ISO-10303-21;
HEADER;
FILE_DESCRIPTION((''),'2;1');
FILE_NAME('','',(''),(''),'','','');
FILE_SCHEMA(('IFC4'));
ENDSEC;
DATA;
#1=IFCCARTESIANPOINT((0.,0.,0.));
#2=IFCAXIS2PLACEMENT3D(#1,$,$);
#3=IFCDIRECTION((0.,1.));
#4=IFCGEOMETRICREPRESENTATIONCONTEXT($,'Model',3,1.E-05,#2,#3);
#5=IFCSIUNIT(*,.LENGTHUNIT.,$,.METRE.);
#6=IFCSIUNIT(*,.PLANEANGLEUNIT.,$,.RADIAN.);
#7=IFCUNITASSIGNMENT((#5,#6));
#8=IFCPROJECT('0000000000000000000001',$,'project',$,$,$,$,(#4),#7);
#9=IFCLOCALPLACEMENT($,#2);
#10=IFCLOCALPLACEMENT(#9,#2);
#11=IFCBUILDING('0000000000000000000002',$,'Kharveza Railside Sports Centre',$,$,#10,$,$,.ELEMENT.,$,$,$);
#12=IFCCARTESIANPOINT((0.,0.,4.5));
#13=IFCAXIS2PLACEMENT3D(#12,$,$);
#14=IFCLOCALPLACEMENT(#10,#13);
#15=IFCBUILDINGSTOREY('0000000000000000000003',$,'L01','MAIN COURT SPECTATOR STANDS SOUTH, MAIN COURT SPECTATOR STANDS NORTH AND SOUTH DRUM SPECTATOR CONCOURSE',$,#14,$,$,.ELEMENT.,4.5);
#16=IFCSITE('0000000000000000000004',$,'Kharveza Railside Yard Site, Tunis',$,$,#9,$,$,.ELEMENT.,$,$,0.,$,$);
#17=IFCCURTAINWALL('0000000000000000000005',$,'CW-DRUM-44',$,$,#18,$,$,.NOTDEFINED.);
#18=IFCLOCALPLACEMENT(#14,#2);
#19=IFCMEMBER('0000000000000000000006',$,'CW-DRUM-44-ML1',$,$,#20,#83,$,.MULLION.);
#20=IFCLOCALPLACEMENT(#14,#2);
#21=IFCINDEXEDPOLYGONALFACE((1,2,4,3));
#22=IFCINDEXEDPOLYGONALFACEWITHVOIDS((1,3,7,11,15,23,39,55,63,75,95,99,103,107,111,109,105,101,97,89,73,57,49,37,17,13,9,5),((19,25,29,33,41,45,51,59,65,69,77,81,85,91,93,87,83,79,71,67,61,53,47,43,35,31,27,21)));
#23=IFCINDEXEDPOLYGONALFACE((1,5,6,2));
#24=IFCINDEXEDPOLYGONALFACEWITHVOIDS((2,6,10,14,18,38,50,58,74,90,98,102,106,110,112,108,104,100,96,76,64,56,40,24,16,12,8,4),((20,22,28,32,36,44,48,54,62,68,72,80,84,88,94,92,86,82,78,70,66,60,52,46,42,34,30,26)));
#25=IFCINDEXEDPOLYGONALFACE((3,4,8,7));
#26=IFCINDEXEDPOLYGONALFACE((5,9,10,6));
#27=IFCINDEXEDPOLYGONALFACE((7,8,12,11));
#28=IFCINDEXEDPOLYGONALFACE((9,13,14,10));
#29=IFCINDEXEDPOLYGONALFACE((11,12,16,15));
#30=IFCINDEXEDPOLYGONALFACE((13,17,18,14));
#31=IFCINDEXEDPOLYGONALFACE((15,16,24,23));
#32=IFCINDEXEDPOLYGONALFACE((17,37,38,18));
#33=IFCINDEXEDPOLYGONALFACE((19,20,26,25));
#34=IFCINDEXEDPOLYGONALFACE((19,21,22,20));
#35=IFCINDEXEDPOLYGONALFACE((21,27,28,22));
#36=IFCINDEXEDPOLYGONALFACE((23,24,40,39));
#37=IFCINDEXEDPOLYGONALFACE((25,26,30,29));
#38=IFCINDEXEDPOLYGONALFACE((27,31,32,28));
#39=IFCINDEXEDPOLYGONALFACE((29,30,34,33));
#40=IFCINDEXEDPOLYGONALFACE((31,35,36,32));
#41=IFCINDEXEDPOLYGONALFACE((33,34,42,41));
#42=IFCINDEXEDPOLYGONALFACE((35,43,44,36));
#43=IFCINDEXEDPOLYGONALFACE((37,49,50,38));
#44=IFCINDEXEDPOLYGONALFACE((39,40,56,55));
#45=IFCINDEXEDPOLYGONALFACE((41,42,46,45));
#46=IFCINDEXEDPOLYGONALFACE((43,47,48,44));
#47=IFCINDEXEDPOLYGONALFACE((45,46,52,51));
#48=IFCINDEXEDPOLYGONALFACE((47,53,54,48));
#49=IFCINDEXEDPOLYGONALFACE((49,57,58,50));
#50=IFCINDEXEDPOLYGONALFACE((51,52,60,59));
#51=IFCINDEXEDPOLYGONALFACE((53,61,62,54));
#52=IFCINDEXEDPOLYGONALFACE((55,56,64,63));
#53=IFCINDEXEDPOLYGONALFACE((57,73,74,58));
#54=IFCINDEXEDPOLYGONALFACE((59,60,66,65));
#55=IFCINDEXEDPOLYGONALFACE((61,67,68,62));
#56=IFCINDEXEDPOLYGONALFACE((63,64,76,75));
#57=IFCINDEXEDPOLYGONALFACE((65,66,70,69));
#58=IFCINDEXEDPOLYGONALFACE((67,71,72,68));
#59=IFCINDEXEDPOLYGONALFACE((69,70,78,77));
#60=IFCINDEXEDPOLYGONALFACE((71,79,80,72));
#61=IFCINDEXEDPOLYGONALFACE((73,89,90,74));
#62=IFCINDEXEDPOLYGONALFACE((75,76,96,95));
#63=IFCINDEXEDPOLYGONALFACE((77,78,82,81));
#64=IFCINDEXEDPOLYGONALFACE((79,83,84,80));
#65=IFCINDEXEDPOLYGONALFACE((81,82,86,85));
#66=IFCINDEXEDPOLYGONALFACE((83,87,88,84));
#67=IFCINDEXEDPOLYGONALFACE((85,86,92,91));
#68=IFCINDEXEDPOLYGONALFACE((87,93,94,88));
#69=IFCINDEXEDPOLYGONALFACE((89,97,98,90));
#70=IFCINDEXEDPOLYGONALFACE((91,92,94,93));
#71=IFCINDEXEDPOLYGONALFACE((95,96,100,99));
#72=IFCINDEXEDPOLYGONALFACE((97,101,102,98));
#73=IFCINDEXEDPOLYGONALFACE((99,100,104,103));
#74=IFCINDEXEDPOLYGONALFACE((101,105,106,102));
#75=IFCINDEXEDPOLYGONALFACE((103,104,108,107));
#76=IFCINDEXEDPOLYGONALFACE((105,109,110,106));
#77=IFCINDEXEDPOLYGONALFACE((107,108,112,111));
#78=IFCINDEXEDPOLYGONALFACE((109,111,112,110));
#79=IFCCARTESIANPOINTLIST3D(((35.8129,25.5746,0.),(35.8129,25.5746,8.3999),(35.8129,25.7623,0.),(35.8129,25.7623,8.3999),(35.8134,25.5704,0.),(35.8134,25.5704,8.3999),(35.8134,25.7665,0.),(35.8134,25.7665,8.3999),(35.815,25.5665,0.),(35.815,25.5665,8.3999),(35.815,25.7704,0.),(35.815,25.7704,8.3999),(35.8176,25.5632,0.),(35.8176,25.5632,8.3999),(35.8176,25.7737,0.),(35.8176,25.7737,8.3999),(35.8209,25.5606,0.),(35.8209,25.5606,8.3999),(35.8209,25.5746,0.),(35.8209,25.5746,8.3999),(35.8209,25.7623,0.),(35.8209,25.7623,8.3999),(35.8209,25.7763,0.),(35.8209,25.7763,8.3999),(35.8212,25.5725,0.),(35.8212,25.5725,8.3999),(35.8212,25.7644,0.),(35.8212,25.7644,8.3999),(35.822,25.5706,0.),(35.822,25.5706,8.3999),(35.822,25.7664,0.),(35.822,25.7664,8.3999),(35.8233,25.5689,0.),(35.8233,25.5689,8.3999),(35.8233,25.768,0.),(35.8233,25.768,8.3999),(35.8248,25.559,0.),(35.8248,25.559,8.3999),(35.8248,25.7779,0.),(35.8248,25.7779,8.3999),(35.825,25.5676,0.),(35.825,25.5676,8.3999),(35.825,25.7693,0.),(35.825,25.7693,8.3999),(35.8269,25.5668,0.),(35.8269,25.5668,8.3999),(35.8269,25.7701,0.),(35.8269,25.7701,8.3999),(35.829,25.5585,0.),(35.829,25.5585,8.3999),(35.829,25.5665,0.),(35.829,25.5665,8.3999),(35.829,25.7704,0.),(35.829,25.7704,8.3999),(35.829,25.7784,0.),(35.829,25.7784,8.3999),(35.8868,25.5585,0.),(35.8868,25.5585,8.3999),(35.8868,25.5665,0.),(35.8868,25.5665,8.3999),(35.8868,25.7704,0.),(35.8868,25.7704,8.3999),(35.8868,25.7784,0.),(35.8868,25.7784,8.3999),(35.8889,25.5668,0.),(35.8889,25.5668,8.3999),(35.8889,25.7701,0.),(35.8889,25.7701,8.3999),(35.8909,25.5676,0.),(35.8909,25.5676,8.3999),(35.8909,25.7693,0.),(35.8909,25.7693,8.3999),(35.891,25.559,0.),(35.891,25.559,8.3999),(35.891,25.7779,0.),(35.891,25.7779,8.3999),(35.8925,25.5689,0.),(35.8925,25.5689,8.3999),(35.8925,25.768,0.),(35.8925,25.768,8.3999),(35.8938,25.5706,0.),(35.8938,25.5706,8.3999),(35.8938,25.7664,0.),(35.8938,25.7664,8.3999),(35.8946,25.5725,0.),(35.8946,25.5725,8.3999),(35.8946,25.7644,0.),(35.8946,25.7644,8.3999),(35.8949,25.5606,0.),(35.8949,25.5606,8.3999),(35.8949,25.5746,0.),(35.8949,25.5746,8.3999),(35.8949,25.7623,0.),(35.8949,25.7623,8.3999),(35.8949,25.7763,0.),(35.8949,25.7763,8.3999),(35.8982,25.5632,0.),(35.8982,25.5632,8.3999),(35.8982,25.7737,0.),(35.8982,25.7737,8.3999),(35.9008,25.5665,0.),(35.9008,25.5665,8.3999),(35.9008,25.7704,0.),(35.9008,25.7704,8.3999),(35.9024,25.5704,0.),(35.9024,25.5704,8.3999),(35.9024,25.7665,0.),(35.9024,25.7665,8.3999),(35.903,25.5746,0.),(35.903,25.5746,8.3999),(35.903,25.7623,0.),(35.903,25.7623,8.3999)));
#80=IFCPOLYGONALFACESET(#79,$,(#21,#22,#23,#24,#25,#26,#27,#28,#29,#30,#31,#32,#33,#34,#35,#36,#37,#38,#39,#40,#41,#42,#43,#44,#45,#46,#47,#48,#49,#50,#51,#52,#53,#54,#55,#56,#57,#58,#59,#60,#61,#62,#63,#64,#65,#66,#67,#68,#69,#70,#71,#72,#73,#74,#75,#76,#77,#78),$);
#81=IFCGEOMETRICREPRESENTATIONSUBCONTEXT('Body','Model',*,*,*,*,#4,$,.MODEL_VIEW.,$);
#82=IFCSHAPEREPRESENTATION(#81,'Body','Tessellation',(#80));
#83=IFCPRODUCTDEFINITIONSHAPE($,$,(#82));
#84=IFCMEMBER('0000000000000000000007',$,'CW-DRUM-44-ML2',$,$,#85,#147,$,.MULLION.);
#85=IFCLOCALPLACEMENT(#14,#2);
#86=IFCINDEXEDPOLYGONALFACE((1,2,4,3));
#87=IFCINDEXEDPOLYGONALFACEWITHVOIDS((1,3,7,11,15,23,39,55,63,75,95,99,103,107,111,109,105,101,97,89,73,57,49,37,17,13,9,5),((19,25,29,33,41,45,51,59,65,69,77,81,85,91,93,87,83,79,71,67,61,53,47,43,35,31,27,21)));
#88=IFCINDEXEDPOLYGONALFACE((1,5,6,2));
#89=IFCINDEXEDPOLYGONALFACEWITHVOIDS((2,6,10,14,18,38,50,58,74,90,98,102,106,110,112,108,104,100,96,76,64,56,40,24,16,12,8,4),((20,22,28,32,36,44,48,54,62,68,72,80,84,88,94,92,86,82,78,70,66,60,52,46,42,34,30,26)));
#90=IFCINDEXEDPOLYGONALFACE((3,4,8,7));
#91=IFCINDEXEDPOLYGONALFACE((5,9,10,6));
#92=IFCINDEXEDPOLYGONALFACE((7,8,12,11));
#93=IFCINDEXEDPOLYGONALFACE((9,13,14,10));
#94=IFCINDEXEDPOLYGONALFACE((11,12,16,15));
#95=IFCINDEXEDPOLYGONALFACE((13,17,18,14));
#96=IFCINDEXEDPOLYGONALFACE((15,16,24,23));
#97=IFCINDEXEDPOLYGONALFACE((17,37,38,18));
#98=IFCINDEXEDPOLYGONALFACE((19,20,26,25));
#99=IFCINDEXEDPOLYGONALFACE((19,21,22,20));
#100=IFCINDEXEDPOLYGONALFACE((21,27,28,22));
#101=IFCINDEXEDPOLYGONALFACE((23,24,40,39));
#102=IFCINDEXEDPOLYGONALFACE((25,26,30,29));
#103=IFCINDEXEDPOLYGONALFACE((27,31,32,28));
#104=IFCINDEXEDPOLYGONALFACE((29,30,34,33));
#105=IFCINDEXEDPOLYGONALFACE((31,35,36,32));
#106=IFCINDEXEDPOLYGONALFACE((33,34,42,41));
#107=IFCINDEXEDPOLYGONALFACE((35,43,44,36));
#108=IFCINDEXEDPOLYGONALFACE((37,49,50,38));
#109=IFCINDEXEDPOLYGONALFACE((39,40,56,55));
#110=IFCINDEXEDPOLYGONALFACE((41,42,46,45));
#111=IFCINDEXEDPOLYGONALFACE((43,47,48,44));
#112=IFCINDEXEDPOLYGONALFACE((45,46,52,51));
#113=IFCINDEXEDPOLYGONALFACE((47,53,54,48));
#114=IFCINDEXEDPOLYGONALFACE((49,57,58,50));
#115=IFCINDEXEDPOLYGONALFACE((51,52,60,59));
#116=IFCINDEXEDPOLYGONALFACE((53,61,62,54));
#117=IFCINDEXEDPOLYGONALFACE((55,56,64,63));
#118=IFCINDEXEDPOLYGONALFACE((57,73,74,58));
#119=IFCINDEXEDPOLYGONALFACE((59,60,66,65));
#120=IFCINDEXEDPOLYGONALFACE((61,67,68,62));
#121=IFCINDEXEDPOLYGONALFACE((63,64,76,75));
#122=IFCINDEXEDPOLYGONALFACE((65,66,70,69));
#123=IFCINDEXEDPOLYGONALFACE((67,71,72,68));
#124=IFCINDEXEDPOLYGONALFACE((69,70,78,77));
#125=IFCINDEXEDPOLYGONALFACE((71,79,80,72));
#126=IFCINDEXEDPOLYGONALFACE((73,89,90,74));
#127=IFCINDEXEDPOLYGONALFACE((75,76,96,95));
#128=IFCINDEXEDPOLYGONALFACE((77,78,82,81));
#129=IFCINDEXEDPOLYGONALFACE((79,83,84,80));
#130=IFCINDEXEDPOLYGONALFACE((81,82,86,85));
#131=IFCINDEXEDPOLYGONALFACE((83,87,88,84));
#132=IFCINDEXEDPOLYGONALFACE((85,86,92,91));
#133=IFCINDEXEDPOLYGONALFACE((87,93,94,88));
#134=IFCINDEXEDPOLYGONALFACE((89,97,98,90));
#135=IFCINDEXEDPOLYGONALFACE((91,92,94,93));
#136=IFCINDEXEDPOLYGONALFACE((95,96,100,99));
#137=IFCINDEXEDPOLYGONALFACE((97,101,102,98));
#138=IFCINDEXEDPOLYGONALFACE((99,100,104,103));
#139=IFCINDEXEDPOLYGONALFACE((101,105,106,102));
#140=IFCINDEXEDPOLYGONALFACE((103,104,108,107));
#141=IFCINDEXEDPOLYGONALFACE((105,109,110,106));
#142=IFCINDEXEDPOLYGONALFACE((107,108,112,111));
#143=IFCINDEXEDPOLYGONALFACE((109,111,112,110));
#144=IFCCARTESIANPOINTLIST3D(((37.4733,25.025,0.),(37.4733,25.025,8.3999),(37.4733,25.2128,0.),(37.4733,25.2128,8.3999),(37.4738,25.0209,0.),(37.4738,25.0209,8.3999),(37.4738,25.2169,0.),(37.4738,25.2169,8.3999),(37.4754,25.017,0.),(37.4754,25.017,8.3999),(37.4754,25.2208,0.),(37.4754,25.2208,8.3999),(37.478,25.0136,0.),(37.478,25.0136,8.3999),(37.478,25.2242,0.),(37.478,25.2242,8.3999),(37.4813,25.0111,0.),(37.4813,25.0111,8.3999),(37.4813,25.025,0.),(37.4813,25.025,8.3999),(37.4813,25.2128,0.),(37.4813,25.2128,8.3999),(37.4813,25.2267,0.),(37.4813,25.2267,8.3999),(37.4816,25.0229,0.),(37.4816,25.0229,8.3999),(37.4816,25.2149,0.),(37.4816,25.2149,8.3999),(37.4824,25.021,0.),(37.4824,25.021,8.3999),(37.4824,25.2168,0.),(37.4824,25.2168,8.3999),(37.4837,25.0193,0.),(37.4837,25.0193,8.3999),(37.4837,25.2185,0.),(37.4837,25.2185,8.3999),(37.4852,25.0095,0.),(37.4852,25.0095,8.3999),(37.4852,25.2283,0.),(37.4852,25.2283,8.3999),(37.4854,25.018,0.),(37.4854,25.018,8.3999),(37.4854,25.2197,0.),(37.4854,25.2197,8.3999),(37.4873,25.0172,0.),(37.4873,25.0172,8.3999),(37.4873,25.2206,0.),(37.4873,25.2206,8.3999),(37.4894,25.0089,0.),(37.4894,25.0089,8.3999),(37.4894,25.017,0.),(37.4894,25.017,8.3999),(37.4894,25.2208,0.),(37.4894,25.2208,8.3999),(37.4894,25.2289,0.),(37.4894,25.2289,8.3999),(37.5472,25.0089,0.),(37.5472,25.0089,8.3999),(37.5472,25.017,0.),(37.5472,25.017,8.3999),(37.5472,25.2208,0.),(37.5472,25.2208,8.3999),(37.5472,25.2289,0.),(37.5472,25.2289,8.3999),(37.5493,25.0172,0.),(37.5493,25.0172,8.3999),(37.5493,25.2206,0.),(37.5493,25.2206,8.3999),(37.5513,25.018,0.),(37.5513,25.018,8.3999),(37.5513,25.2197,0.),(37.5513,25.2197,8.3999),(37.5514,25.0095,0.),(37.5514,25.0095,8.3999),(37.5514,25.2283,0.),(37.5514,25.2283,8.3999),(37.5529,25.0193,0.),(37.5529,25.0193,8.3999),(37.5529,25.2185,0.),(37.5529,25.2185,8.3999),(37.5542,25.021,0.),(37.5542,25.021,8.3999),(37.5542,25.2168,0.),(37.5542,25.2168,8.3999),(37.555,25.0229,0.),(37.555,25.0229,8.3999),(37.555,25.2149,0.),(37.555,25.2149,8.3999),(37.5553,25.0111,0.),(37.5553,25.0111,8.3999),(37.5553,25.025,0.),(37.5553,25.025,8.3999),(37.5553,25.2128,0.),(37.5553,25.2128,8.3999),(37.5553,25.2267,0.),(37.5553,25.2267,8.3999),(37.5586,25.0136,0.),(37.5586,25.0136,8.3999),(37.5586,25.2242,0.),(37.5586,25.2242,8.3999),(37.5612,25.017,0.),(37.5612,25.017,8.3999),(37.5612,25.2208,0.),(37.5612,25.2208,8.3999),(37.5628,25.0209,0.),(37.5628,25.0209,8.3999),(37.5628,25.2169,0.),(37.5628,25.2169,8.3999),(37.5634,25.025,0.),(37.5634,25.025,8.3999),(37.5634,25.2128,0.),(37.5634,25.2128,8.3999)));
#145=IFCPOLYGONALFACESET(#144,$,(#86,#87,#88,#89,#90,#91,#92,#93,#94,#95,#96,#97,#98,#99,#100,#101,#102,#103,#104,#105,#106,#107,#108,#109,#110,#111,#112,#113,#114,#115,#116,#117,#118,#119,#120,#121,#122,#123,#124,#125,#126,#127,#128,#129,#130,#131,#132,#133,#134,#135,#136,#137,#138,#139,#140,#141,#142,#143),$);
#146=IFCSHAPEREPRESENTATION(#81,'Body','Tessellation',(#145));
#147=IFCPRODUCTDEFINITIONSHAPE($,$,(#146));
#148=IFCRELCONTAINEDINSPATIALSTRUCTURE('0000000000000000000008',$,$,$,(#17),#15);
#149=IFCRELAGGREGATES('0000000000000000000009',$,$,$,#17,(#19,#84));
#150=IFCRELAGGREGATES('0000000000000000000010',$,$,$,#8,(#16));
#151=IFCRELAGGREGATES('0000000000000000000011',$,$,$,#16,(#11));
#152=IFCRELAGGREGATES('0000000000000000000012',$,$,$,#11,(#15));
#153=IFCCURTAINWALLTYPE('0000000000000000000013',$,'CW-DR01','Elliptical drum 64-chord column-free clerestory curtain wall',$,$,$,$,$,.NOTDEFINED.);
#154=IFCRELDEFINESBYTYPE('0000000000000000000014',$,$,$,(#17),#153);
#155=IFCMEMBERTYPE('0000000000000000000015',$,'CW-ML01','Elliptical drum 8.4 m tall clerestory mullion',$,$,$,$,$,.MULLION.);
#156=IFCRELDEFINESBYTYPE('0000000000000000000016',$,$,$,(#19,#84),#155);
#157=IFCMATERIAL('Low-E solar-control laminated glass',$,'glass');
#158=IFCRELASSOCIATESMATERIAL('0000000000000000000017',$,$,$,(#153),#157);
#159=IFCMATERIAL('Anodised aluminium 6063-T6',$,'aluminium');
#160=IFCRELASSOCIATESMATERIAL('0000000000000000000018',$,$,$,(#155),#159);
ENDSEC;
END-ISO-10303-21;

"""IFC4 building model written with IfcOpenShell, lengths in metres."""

from ifc_helpers import new_model, si_unit, direction, frame, origin, origin_2d, place, context, subcontext, project, spatial, hollow_rectangle, extrude, material, material_profile, profile_set, type_object, element, aggregate, save


model = new_model("IFC4")

# Units and contexts
model_context = context("Model", 3, precision=1e-05, world=origin(), true_north=direction((0.0, 1.0)))
body_context = subcontext(model_context, "Body", "Model", "MODEL_VIEW")
ifc_project = project(units=[si_unit("LENGTHUNIT", "METRE"), si_unit("PLANEANGLEUNIT", "RADIAN")], contexts=[model_context])

# Site, building, storey
site_placement = place(None, origin())
site = spatial("IfcSite", under=ifc_project, at=site_placement, Name="Kharveza Railside Yard Site, Tunis", CompositionType="ELEMENT", RefElevation=0.0)
building_placement = place(site_placement, origin())
building = spatial("IfcBuilding", under=site, at=building_placement, Name="Kharveza Railside Sports Centre", CompositionType="ELEMENT")
storey_placement = place(building_placement, frame((0.0, 0.0, 4.5)))
storey = spatial("IfcBuildingStorey", under=building, at=storey_placement, Name="L01", Description="MAIN COURT SPECTATOR STANDS SOUTH, MAIN COURT SPECTATOR STANDS NORTH AND SOUTH DRUM SPECTATOR CONCOURSE", CompositionType="ELEMENT", Elevation=4.5)

# Shared definitions
ifc_material_1 = material(Name="Low-E solar-control laminated glass", Category="glass")
curtain_wall_type = type_object("IfcCurtainWallType", Name="CW-DR01", Description="Elliptical drum 64-chord column-free clerestory curtain wall", PredefinedType="NOTDEFINED", material=ifc_material_1)
ifc_material_2 = material(Name="Anodised aluminium 6063-T6", Category="aluminium")
ifc_material_profile_1 = material_profile(ifc_material_2, hollow_rectangle(XDim=0.0901, YDim=0.22, WallThickness=0.0081, InnerFilletRadius=0.0081, OuterFilletRadius=0.0161, at=origin_2d()), Name="RHS 90x220x8.0")
ifc_profile_set_1 = profile_set([ifc_material_profile_1], Name="Anodised aluminium 6063-T6")
member_type_1 = type_object("IfcMemberType", Name="CW-ML01", Description="Elliptical drum 8.4 m tall clerestory mullion", PredefinedType="MULLION", material=ifc_profile_set_1)

# Curtain wall, members
curtain_wall_1_placement = place(storey_placement, origin())
curtain_wall_1 = element("IfcCurtainWall", 1, at=curtain_wall_1_placement, inside=storey, type_object=curtain_wall_type, Name="CW-DRUM-44", PredefinedType="NOTDEFINED")
member_1_placement = place(storey_placement, frame((35.8579, 25.6685, 0.0), z_axis=(0.0, 0.0, 1.0), x_axis=(1.0, 0.0, 0.0)))
member_1 = element("IfcMember", 2, at=member_1_placement, type_object=member_type_1, Name="CW-DRUM-44-ML1", PredefinedType="MULLION", context=body_context, shape_type="SweptSolid", body=[
    extrude(hollow_rectangle(XDim=0.0901, YDim=0.22, WallThickness=0.0081, InnerFilletRadius=0.0081, OuterFilletRadius=0.0161, at=origin_2d()), origin(), (0.0, 0.0, 1.0), 8.3999),
])
member_2_placement = place(storey_placement, frame((37.5183, 25.1189, 0.0), z_axis=(0.0, 0.0, 1.0), x_axis=(1.0, 0.0, 0.0)))
member_2 = element("IfcMember", 3, at=member_2_placement, type_object=member_type_1, Name="CW-DRUM-44-ML2", PredefinedType="MULLION", context=body_context, shape_type="SweptSolid", body=[
    extrude(hollow_rectangle(XDim=0.0901, YDim=0.22, WallThickness=0.0081, InnerFilletRadius=0.0081, OuterFilletRadius=0.0161, at=origin_2d()), origin(), (0.0, 0.0, 1.0), 8.3999),
])

aggregate(curtain_wall_1, [member_1, member_2])

save(model, "model.ifc")
